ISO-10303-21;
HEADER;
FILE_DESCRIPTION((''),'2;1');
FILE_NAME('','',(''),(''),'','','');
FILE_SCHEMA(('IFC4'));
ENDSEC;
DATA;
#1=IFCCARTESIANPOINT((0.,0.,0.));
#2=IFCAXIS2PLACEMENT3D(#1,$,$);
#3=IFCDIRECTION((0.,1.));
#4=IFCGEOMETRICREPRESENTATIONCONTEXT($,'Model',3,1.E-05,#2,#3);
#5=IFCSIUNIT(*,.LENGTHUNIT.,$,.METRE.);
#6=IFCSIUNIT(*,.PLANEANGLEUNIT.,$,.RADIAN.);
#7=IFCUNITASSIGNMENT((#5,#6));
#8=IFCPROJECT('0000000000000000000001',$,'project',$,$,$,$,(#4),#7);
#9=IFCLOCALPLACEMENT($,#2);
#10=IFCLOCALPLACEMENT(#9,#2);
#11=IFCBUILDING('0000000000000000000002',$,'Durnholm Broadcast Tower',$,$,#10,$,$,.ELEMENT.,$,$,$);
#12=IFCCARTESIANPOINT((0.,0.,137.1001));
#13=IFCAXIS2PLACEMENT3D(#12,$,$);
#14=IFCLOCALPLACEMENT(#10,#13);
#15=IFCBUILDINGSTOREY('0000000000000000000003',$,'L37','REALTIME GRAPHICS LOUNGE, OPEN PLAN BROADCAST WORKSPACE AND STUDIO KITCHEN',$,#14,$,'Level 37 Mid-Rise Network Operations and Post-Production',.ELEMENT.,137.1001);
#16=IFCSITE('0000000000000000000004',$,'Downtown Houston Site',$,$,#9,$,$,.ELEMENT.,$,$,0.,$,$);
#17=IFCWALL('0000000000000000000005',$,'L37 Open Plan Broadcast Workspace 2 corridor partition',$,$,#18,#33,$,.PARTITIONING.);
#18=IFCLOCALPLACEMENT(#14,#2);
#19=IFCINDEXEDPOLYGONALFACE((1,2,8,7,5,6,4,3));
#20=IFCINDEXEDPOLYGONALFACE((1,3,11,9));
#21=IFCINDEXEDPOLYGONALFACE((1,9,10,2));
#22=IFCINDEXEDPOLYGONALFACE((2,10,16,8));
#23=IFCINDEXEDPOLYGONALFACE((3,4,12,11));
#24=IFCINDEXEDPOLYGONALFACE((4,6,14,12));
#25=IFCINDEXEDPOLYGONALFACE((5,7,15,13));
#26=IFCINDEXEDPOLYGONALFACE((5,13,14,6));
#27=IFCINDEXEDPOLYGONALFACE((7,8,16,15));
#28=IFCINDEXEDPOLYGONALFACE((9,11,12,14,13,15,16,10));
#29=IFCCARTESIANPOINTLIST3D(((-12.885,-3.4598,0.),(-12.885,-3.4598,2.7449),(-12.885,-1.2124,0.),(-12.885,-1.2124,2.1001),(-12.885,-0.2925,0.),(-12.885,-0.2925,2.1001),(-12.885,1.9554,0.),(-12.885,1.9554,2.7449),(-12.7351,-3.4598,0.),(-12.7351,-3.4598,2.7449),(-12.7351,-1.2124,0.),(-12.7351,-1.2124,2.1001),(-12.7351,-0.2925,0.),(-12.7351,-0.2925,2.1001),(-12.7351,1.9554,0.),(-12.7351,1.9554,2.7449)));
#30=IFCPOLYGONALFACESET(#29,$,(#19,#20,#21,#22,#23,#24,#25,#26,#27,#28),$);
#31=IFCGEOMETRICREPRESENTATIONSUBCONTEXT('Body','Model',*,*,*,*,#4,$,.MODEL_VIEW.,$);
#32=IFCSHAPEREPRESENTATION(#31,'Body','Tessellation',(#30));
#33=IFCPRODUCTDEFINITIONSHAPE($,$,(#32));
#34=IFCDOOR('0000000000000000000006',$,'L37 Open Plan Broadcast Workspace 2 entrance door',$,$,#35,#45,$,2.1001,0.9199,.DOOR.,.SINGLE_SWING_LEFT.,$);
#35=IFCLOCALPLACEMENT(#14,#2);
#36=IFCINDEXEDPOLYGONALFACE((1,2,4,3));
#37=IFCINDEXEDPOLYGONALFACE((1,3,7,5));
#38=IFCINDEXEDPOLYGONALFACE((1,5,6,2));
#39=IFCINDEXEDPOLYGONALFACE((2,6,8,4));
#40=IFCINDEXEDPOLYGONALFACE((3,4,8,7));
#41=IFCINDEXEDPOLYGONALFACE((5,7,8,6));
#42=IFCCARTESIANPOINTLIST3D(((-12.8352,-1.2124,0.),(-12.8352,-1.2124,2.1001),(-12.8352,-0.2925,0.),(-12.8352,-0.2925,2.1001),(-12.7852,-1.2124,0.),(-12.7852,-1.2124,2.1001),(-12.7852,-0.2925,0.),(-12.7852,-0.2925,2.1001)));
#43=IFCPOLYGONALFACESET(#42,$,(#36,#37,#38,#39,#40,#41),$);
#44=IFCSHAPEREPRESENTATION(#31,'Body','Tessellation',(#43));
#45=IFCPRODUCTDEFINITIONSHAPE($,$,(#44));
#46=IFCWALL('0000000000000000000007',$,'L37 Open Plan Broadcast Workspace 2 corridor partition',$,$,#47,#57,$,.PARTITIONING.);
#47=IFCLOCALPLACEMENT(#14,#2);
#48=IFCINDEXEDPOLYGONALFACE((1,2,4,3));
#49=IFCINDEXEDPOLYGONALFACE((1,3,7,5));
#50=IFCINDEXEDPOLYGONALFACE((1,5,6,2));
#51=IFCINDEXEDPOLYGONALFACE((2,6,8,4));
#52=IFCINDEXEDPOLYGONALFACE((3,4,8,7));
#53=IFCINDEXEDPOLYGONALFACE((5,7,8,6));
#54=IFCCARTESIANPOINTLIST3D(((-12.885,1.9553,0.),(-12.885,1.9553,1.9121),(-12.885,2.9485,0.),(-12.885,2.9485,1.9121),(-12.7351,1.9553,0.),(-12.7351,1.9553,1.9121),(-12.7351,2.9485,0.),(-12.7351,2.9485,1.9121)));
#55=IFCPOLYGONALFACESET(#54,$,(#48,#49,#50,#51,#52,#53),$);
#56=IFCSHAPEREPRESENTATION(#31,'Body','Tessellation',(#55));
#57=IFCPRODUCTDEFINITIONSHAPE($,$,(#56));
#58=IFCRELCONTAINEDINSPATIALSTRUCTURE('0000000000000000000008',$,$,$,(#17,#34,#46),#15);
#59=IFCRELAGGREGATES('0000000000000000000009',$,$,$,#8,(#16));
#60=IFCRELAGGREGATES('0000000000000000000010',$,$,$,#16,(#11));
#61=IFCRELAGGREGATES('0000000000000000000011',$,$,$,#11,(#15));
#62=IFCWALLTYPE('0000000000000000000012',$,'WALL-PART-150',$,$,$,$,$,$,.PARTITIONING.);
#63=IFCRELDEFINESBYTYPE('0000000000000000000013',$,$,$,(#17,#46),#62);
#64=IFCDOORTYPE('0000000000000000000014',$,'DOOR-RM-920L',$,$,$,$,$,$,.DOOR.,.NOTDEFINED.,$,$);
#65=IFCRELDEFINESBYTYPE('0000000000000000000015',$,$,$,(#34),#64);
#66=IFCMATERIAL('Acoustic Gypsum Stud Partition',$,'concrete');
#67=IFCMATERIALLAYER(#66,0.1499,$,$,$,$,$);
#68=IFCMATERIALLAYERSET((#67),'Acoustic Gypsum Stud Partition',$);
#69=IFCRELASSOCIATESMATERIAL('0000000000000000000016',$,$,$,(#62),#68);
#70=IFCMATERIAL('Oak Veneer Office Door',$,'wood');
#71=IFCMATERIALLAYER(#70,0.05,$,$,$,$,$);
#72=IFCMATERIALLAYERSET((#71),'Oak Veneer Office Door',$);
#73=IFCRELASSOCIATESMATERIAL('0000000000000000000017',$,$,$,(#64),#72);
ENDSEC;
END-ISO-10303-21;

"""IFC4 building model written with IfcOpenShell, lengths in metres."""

from ifc_helpers import new_model, si_unit, direction, frame, frame_2d, origin, place, context, subcontext, project, spatial, rectangle, extrude, source, transform, mapped, material, layer, layer_set, type_object, type_shapes, element, fill, save


model = new_model("IFC4")

# Units and contexts
model_context = context("Model", 3, precision=1e-05, world=origin(), true_north=direction((0.0, 1.0)))
body_context = subcontext(model_context, "Body", "Model", "MODEL_VIEW")
ifc_project = project(units=[si_unit("LENGTHUNIT", "METRE"), si_unit("PLANEANGLEUNIT", "RADIAN")], contexts=[model_context])

# Site, building, storey
site_placement = place(None, origin())
site = spatial("IfcSite", under=ifc_project, at=site_placement, Name="Downtown Houston Site", CompositionType="ELEMENT", RefElevation=0.0)
building_placement = place(site_placement, origin())
building = spatial("IfcBuilding", under=site, at=building_placement, Name="Durnholm Broadcast Tower", CompositionType="ELEMENT")
storey_placement = place(building_placement, frame((0.0, 0.0, 137.1001)))
storey = spatial("IfcBuildingStorey", under=building, at=storey_placement, Name="L37", Description="REALTIME GRAPHICS LOUNGE, OPEN PLAN BROADCAST WORKSPACE AND STUDIO KITCHEN", LongName="Level 37 Mid-Rise Network Operations and Post-Production", CompositionType="ELEMENT", Elevation=137.1001)

# Shared definitions
ifc_material_1 = material(Name="Acoustic Gypsum Stud Partition", Category="concrete")
ifc_layer_1 = layer(ifc_material_1, 0.1499)
ifc_layer_set_1 = layer_set([ifc_layer_1], Name="Acoustic Gypsum Stud Partition")
wall_type_1 = type_object("IfcWallType", Name="WALL-PART-150", PredefinedType="PARTITIONING", material=ifc_layer_set_1)

# Wall, opening, door
wall_1_placement = place(storey_placement, frame((-12.8101, 1.9553, 0.0), z_axis=(0.0, 0.0, 1.0), x_axis=(0.0, -1.0, 0.0)))
wall_1 = element("IfcWall", 1, at=wall_1_placement, inside=storey, type_object=wall_type_1, Name="L37 Open Plan Broadcast Workspace 2 corridor partition", PredefinedType="PARTITIONING", context=body_context, shape_type="SweptSolid", body=[
    extrude(rectangle(XDim=5.4153, YDim=0.1499, at=frame_2d((2.7075, 0.0))), origin(), (0.0, 0.0, 1.0), 2.7449),
])
opening_placement = place(wall_1_placement, frame((2.2478, 0.0, 0.0)))
opening = element("IfcOpeningElement", 2, at=opening_placement, cuts=wall_1, PredefinedType="OPENING", context=body_context, shape_type="SweptSolid", body=[
    extrude(rectangle(XDim=0.9199, YDim=2.1001, at=frame_2d((0.46, 1.05))), frame((0.0, 0.085, 0.0), z_axis=(0.0, -1.0, 0.0), x_axis=(1.0, 0.0, 0.0)), (0.0, 0.0, 1.0), 0.1699),
])
ifc_material_2 = material(Name="Oak Veneer Office Door", Category="wood")
ifc_layer_2 = layer(ifc_material_2, 0.05)
ifc_layer_set_2 = layer_set([ifc_layer_2], Name="Oak Veneer Office Door")
door_type = type_object("IfcDoorType", Name="DOOR-RM-920L", OperationType="NOTDEFINED", PredefinedType="DOOR", material=ifc_layer_set_2)
shared_shape_1 = source(origin(), body_context, "Body", "SweptSolid", [
    extrude(rectangle(XDim=0.9199, YDim=2.1001, at=frame_2d((0.46, 1.05))), frame((0.0, 0.0249, 0.0), z_axis=(0.0, -1.0, 0.0), x_axis=(1.0, 0.0, 0.0)), (0.0, 0.0, 1.0), 0.05),
])
type_shapes(door_type, [shared_shape_1])
door_placement = place(opening_placement, origin())
door = element("IfcDoor", 3, at=door_placement, inside=storey, type_object=door_type, Name="L37 Open Plan Broadcast Workspace 2 entrance door", OperationType="SINGLE_SWING_LEFT", OverallHeight=2.1001, OverallWidth=0.9199, PredefinedType="DOOR", context=body_context, shape_type="MappedRepresentation", body=[
    mapped(shared_shape_1, transform((0.0, 0.0, 0.0), x_axis=(1.0, 0.0, 0.0), y_axis=(0.0, 1.0, 0.0), z_axis=(0.0, 0.0, 1.0), scale=1.0)),
])
fill(opening, door)

# Wall
wall_2_placement = place(storey_placement, frame((-12.8101, 2.9485, 0.0), z_axis=(0.0, 0.0, 1.0), x_axis=(0.0, -1.0, 0.0)))
element("IfcWall", 4, at=wall_2_placement, inside=storey, type_object=wall_type_1, Name="L37 Open Plan Broadcast Workspace 2 corridor partition", PredefinedType="PARTITIONING", context=body_context, shape_type="SweptSolid", body=[
    extrude(rectangle(XDim=0.9932, YDim=0.1499, at=frame_2d((0.4966, 0.0))), origin(), (0.0, 0.0, 1.0), 1.9121),
])

save(model, "model.ifc")
